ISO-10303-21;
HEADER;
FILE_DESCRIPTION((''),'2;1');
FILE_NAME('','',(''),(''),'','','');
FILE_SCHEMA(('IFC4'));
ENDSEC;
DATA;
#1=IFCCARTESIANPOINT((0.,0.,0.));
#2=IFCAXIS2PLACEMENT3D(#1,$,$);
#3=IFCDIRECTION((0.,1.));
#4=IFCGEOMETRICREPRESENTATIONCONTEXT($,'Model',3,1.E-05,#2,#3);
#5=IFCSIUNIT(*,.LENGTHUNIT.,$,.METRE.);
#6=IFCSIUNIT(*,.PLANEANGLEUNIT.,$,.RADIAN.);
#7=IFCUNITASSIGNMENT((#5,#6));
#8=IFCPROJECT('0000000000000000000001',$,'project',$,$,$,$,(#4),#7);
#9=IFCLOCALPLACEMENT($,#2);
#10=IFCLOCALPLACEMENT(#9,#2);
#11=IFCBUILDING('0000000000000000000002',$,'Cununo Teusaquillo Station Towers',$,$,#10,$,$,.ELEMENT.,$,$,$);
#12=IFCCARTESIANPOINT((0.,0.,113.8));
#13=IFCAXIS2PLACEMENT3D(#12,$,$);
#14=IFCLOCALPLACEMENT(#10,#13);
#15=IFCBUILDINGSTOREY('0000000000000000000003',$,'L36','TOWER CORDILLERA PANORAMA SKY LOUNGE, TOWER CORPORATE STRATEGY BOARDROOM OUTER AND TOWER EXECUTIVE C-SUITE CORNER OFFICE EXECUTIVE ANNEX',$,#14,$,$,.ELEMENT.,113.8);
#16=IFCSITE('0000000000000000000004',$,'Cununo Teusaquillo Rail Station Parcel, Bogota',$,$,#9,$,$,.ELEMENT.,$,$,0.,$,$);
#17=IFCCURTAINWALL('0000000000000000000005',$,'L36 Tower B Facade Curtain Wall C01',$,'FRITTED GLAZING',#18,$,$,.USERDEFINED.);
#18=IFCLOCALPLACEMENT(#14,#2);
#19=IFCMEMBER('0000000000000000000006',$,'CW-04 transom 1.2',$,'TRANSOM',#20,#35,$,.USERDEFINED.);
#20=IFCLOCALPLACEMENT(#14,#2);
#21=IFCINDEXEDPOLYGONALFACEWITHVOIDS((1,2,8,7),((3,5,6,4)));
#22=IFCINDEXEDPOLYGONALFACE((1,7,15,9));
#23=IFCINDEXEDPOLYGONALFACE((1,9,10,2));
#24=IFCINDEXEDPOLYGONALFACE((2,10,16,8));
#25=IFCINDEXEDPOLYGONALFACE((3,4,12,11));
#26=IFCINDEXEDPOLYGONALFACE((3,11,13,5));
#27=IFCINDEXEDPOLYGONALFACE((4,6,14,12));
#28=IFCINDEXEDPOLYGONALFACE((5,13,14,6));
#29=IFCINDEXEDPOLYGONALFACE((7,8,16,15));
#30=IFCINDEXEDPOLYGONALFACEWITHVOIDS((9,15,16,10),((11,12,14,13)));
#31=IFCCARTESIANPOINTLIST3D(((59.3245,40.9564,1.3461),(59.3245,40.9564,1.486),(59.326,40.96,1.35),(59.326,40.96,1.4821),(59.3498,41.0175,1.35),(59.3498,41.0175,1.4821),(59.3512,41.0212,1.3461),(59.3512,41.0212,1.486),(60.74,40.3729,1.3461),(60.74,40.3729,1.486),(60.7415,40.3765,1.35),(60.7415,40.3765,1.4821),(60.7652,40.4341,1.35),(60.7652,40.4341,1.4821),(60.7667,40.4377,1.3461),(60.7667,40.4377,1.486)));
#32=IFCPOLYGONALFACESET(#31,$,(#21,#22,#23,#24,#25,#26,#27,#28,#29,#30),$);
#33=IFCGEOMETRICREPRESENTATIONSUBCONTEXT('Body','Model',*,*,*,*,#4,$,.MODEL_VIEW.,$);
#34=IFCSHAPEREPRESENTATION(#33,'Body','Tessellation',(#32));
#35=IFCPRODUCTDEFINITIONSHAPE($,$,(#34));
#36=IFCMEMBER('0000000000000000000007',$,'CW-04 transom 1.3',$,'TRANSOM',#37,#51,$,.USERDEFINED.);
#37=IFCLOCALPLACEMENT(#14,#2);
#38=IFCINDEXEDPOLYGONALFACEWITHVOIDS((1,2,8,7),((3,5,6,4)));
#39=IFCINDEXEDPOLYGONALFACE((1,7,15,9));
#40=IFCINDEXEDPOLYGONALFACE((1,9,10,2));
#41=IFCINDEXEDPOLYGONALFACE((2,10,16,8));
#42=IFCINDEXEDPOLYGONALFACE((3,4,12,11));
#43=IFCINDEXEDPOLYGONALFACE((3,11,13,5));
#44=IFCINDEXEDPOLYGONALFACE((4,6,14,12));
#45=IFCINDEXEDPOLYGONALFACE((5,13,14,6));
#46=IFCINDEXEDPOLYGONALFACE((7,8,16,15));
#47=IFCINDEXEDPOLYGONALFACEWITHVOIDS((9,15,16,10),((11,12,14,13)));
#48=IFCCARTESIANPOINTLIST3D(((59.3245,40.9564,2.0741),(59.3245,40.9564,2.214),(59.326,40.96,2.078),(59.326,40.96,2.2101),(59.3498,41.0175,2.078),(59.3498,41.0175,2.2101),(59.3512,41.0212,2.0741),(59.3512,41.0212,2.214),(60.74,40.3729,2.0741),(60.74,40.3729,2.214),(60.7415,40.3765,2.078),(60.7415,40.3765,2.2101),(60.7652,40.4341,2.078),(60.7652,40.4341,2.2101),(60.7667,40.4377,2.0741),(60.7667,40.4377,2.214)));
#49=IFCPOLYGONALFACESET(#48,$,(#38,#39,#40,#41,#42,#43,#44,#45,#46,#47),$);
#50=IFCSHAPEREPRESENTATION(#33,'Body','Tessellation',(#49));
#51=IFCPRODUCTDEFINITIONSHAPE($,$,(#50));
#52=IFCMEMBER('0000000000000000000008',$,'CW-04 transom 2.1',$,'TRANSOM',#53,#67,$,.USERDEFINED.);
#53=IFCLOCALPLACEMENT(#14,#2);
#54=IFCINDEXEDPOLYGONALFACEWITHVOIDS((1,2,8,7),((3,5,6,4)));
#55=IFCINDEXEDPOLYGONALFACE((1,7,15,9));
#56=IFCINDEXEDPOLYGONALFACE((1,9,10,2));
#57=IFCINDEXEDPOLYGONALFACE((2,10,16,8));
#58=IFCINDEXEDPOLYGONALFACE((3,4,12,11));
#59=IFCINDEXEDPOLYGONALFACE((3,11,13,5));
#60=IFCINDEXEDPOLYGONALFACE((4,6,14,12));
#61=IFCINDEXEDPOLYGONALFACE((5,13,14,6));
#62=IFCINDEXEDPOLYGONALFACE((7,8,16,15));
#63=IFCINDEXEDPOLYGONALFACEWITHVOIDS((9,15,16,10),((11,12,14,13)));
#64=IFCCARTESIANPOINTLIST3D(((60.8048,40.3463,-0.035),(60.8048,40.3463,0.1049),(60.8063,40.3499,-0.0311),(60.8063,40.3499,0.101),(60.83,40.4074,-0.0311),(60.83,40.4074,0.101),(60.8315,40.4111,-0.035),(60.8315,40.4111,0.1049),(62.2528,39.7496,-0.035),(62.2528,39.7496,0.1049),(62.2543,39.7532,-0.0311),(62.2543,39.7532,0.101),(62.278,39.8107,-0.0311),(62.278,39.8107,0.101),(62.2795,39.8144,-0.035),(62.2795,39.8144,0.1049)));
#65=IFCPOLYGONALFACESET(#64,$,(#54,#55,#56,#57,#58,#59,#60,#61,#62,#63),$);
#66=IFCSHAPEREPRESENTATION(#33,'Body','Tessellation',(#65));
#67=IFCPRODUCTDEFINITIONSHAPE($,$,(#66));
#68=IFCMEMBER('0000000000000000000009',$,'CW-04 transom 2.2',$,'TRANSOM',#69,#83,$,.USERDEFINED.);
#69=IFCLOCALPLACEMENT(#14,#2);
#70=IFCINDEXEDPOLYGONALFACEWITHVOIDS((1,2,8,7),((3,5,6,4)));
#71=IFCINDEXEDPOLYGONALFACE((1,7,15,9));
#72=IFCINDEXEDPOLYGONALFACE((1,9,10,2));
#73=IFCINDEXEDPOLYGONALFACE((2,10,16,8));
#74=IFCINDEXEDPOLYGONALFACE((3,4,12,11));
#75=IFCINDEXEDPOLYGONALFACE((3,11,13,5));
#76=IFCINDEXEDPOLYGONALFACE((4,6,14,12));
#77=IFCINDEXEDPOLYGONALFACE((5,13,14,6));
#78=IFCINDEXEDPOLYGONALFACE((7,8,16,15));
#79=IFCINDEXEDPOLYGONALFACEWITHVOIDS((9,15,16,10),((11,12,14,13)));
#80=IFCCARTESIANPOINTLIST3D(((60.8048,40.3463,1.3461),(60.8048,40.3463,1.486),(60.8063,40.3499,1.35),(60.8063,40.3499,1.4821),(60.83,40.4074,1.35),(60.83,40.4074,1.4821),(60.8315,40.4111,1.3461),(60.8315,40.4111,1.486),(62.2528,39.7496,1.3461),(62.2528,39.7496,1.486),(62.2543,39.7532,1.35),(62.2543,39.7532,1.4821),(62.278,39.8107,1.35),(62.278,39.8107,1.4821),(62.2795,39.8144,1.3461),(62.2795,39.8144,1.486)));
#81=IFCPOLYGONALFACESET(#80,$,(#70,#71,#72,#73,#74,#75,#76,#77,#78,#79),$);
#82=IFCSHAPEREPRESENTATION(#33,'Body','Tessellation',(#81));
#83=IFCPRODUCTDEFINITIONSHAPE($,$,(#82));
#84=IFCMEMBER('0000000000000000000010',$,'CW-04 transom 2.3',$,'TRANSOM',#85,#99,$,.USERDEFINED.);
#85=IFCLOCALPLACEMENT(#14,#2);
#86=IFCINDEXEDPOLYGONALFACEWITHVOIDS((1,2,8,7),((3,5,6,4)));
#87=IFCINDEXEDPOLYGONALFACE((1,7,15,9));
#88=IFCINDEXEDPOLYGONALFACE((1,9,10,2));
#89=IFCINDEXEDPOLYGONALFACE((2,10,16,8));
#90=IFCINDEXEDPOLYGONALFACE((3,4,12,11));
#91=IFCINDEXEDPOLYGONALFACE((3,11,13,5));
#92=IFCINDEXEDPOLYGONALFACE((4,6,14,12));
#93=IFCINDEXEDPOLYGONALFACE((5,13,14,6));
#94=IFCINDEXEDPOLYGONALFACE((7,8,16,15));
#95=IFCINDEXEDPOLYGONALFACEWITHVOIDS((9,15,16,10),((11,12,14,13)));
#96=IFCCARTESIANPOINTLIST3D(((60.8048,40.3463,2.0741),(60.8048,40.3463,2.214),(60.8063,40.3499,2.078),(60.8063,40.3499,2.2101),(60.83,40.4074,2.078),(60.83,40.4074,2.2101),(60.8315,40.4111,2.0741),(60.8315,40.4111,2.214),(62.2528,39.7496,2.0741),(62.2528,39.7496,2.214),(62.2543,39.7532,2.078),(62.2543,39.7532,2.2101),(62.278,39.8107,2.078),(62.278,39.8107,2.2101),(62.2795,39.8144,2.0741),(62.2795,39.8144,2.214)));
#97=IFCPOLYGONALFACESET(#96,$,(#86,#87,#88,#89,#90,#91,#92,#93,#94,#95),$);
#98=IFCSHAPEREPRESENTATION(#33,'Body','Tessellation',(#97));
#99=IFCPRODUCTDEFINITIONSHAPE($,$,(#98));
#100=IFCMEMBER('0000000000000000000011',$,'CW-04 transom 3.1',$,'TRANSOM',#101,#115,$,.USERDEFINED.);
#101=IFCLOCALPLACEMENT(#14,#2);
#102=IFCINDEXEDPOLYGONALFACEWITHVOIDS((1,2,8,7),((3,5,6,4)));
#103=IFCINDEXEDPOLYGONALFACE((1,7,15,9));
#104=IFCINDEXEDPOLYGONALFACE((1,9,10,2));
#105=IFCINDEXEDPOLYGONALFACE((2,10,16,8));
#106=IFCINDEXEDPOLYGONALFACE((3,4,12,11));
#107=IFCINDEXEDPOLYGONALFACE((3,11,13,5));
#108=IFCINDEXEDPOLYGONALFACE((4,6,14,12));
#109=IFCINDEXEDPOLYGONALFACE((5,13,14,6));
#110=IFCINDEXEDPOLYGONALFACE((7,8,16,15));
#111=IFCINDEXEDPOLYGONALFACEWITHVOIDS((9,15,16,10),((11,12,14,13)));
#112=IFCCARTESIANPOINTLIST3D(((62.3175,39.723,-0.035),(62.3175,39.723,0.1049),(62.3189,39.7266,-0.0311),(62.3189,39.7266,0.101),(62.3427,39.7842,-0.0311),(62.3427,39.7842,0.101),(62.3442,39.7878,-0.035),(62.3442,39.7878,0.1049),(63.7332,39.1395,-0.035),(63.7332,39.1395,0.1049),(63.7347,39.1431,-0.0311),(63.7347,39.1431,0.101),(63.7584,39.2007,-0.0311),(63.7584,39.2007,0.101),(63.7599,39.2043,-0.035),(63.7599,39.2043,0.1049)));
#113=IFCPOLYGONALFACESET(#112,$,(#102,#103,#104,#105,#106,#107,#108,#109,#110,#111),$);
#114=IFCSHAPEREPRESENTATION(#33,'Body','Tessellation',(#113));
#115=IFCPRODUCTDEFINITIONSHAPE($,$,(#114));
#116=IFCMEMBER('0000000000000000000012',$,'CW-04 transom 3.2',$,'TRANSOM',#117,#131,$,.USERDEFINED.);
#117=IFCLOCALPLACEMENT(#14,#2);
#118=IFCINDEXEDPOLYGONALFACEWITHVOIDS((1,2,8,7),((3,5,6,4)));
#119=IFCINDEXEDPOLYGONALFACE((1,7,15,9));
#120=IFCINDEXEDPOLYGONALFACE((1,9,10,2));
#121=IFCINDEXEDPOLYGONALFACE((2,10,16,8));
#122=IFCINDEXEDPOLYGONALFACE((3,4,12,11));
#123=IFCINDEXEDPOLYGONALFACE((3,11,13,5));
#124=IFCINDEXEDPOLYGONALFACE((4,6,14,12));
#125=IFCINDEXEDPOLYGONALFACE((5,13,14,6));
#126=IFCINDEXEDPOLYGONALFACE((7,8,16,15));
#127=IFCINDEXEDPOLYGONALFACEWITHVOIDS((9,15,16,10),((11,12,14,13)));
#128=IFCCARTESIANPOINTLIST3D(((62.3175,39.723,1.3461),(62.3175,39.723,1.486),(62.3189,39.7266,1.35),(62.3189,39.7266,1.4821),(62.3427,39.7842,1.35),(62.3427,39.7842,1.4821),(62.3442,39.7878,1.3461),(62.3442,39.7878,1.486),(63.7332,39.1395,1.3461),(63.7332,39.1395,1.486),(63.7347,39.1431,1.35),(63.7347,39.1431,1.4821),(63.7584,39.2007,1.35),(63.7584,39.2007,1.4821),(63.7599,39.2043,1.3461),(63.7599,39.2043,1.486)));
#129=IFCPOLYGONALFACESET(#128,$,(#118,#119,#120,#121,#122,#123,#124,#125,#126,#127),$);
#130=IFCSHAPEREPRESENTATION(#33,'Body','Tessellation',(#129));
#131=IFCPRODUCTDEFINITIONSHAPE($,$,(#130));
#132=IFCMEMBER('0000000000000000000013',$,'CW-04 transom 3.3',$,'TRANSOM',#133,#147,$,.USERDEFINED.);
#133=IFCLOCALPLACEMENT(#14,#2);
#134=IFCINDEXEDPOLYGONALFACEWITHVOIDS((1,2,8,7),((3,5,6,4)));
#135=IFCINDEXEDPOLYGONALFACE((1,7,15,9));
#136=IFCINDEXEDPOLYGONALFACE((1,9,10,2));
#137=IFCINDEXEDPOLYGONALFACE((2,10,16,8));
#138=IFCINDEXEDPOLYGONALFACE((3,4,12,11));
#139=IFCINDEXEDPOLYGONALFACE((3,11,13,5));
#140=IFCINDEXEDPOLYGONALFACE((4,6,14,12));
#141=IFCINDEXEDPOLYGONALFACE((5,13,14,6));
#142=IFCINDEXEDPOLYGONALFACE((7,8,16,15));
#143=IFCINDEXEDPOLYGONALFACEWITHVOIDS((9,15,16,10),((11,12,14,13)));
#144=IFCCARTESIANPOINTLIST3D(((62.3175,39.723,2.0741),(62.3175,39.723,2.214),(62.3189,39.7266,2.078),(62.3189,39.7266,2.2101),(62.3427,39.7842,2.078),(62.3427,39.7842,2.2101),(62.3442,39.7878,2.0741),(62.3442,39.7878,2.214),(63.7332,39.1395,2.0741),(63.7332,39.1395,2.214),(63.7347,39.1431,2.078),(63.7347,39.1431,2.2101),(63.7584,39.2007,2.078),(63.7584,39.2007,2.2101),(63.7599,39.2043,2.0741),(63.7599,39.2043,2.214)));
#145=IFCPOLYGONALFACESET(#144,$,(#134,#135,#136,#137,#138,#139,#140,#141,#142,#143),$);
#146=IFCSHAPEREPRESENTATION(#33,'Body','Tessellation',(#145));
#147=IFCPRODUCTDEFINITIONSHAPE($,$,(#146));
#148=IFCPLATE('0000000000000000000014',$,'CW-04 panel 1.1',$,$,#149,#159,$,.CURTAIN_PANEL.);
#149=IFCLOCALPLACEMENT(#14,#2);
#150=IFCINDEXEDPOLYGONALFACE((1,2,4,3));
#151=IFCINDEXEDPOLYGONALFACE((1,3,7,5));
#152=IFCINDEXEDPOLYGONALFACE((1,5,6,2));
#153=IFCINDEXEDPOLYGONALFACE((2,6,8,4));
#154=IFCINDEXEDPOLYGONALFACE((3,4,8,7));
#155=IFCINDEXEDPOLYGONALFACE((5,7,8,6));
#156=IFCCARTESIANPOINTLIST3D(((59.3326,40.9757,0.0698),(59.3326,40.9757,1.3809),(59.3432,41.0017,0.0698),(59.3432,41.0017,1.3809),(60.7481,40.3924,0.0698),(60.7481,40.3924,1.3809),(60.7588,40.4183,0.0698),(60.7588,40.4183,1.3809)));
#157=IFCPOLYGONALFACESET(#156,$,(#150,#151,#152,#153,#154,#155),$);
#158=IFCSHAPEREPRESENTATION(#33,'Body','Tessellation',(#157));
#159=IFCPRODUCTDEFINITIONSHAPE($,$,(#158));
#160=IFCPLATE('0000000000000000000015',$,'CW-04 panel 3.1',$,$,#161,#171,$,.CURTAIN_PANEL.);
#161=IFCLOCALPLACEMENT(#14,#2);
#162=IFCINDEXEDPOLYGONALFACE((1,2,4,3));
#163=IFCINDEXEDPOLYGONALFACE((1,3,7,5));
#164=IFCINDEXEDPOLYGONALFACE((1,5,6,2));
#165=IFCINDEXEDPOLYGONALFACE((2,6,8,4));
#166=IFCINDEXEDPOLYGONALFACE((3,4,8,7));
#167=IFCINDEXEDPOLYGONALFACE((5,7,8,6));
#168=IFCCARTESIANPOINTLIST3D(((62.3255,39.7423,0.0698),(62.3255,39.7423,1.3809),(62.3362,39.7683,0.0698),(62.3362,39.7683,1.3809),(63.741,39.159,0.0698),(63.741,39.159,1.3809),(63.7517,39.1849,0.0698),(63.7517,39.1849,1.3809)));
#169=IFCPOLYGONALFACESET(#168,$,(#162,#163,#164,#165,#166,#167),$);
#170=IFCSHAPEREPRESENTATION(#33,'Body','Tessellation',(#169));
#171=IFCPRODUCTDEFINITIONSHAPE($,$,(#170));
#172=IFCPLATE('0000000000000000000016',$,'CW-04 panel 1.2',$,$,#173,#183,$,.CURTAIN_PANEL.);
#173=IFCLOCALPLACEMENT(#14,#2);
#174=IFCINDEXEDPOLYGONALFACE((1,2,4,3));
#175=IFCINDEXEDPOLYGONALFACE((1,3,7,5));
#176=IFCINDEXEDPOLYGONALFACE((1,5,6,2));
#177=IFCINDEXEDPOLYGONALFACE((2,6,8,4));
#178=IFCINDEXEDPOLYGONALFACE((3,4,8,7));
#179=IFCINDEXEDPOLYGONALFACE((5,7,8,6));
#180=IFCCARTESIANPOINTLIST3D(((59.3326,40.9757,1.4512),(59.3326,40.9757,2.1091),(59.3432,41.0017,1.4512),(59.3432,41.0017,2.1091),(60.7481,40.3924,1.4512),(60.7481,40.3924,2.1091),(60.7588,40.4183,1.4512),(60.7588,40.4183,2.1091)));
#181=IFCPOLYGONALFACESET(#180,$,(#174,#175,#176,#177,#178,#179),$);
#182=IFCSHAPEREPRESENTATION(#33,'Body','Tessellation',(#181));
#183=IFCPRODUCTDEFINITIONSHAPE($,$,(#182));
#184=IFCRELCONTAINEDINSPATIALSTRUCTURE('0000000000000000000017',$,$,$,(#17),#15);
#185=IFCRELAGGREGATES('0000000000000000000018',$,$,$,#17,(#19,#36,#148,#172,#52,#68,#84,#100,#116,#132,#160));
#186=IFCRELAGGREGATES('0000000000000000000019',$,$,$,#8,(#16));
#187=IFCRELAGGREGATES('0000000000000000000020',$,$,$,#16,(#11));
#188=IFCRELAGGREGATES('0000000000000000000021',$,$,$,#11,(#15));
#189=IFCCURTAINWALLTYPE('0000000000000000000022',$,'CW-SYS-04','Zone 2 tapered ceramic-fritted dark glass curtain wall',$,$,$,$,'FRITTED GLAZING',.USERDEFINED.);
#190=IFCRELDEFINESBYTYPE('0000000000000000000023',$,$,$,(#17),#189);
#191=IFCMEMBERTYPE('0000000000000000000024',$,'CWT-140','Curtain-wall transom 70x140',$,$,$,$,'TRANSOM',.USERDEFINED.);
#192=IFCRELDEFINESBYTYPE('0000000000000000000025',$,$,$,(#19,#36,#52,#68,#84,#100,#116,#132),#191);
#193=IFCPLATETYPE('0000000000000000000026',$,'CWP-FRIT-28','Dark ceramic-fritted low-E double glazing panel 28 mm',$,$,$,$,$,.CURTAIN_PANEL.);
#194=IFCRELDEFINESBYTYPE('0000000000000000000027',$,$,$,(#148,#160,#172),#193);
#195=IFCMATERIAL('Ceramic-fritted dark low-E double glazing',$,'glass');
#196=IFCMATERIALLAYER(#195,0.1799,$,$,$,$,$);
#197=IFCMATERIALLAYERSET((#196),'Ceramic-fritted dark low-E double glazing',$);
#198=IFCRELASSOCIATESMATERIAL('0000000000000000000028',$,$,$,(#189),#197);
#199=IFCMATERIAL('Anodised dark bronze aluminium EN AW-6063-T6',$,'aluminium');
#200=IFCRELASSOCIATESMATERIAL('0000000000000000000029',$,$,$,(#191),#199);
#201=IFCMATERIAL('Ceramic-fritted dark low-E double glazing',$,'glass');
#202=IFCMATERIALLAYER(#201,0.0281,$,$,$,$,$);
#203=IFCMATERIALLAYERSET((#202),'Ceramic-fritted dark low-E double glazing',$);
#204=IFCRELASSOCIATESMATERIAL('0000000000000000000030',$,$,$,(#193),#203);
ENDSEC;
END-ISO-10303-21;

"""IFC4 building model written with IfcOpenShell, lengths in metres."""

from ifc_helpers import new_model, si_unit, direction, frame, origin, origin_2d, place, context, subcontext, project, spatial, rectangle, hollow_rectangle, extrude, source, transform, mapped, material, layer, layer_set, material_profile, profile_set, type_object, element, aggregate, save


model = new_model("IFC4")

# Units and contexts
model_context = context("Model", 3, precision=1e-05, world=origin(), true_north=direction((0.0, 1.0)))
body_context = subcontext(model_context, "Body", "Model", "MODEL_VIEW")
ifc_project = project(units=[si_unit("LENGTHUNIT", "METRE"), si_unit("PLANEANGLEUNIT", "RADIAN")], contexts=[model_context])

# Site, building, storey
site_placement = place(None, origin())
site = spatial("IfcSite", under=ifc_project, at=site_placement, Name="Cununo Teusaquillo Rail Station Parcel, Bogota", CompositionType="ELEMENT", RefElevation=0.0)
building_placement = place(site_placement, origin())
building = spatial("IfcBuilding", under=site, at=building_placement, Name="Cununo Teusaquillo Station Towers", CompositionType="ELEMENT")
storey_placement = place(building_placement, frame((0.0, 0.0, 113.8)))
storey = spatial("IfcBuildingStorey", under=building, at=storey_placement, Name="L36", Description="TOWER CORDILLERA PANORAMA SKY LOUNGE, TOWER CORPORATE STRATEGY BOARDROOM OUTER AND TOWER EXECUTIVE C-SUITE CORNER OFFICE EXECUTIVE ANNEX", CompositionType="ELEMENT", Elevation=113.8)

# Curtain wall, members, plates
ifc_material_1 = material(Name="Ceramic-fritted dark low-E double glazing", Category="glass")
ifc_layer_1 = layer(ifc_material_1, 0.1799)
ifc_layer_set_1 = layer_set([ifc_layer_1], Name="Ceramic-fritted dark low-E double glazing")
curtain_wall_type = type_object("IfcCurtainWallType", Name="CW-SYS-04", Description="Zone 2 tapered ceramic-fritted dark glass curtain wall", ElementType="FRITTED GLAZING", PredefinedType="USERDEFINED", material=ifc_layer_set_1)
curtain_wall_placement = place(storey_placement, origin())
curtain_wall = element("IfcCurtainWall", 1, at=curtain_wall_placement, inside=storey, type_object=curtain_wall_type, Name="L36 Tower B Facade Curtain Wall C01", ObjectType="FRITTED GLAZING", PredefinedType="USERDEFINED")
ifc_material_2 = material(Name="Anodised dark bronze aluminium EN AW-6063-T6", Category="aluminium")
ifc_material_profile_1 = material_profile(ifc_material_2, hollow_rectangle(XDim=0.0701, YDim=0.1399, WallThickness=0.0039, at=origin_2d()), Name="CW-TRAN-70x140")
ifc_profile_set_1 = profile_set([ifc_material_profile_1], Name="Anodised dark bronze aluminium EN AW-6063-T6")
member_type_1 = type_object("IfcMemberType", Name="CWT-140", Description="Curtain-wall transom 70x140", ElementType="TRANSOM", PredefinedType="USERDEFINED", material=ifc_profile_set_1)
member_1_placement = place(storey_placement, frame((59.3379, 40.9888, 1.416), z_axis=(0.924533, -0.381103, 0.0), x_axis=(0.381103, 0.924533, 0.0)))
member_1 = element("IfcMember", 2, at=member_1_placement, type_object=member_type_1, Name="CW-04 transom 1.2", ObjectType="TRANSOM", PredefinedType="USERDEFINED", context=body_context, shape_type="SweptSolid", body=[
    extrude(hollow_rectangle(XDim=0.0701, YDim=0.1399, WallThickness=0.0039, at=origin_2d()), origin(), (0.0, 0.0, 1.0), 1.531),
])
member_2_placement = place(storey_placement, frame((59.3379, 40.9888, 2.144), z_axis=(0.924533, -0.381103, 0.0), x_axis=(0.381103, 0.924533, 0.0)))
member_2 = element("IfcMember", 3, at=member_2_placement, type_object=member_type_1, Name="CW-04 transom 1.3", ObjectType="TRANSOM", PredefinedType="USERDEFINED", context=body_context, shape_type="SweptSolid", body=[
    extrude(hollow_rectangle(XDim=0.0701, YDim=0.1399, WallThickness=0.0039, at=origin_2d()), origin(), (0.0, 0.0, 1.0), 1.531),
])
member_3_placement = place(storey_placement, frame((60.8181, 40.3787, 0.0349), z_axis=(0.924578, -0.380993, 0.0), x_axis=(0.380993, 0.924578, 0.0)))
member_3 = element("IfcMember", 4, at=member_3_placement, type_object=member_type_1, Name="CW-04 transom 2.1", ObjectType="TRANSOM", PredefinedType="USERDEFINED", context=body_context, shape_type="SweptSolid", body=[
    extrude(hollow_rectangle(XDim=0.0701, YDim=0.1399, WallThickness=0.0039, at=origin_2d()), origin(), (0.0, 0.0, 1.0), 1.5662),
])
member_4_placement = place(storey_placement, frame((60.8181, 40.3787, 1.416), z_axis=(0.924578, -0.380993, 0.0), x_axis=(0.380993, 0.924578, 0.0)))
member_4 = element("IfcMember", 5, at=member_4_placement, type_object=member_type_1, Name="CW-04 transom 2.2", ObjectType="TRANSOM", PredefinedType="USERDEFINED", context=body_context, shape_type="SweptSolid", body=[
    extrude(hollow_rectangle(XDim=0.0701, YDim=0.1399, WallThickness=0.0039, at=origin_2d()), origin(), (0.0, 0.0, 1.0), 1.5662),
])
member_5_placement = place(storey_placement, frame((60.8181, 40.3787, 2.144), z_axis=(0.924578, -0.380993, 0.0), x_axis=(0.380993, 0.924578, 0.0)))
member_5 = element("IfcMember", 6, at=member_5_placement, type_object=member_type_1, Name="CW-04 transom 2.3", ObjectType="TRANSOM", PredefinedType="USERDEFINED", context=body_context, shape_type="SweptSolid", body=[
    extrude(hollow_rectangle(XDim=0.0701, YDim=0.1399, WallThickness=0.0039, at=origin_2d()), origin(), (0.0, 0.0, 1.0), 1.5662),
])
member_6_placement = place(storey_placement, frame((62.3308, 39.7554, 0.0349), z_axis=(0.924556, -0.381046, 0.0), x_axis=(0.381046, 0.924556, 0.0)))
member_6 = element("IfcMember", 7, at=member_6_placement, type_object=member_type_1, Name="CW-04 transom 3.1", ObjectType="TRANSOM", PredefinedType="USERDEFINED", context=body_context, shape_type="SweptSolid", body=[
    extrude(hollow_rectangle(XDim=0.0701, YDim=0.1399, WallThickness=0.0039, at=origin_2d()), origin(), (0.0, 0.0, 1.0), 1.5312),
])
member_7_placement = place(storey_placement, frame((62.3308, 39.7554, 1.416), z_axis=(0.924556, -0.381046, 0.0), x_axis=(0.381046, 0.924556, 0.0)))
member_7 = element("IfcMember", 8, at=member_7_placement, type_object=member_type_1, Name="CW-04 transom 3.2", ObjectType="TRANSOM", PredefinedType="USERDEFINED", context=body_context, shape_type="SweptSolid", body=[
    extrude(hollow_rectangle(XDim=0.0701, YDim=0.1399, WallThickness=0.0039, at=origin_2d()), origin(), (0.0, 0.0, 1.0), 1.5312),
])
member_8_placement = place(storey_placement, frame((62.3308, 39.7554, 2.144), z_axis=(0.924556, -0.381046, 0.0), x_axis=(0.381046, 0.924556, 0.0)))
member_8 = element("IfcMember", 9, at=member_8_placement, type_object=member_type_1, Name="CW-04 transom 3.3", ObjectType="TRANSOM", PredefinedType="USERDEFINED", context=body_context, shape_type="SweptSolid", body=[
    extrude(hollow_rectangle(XDim=0.0701, YDim=0.1399, WallThickness=0.0039, at=origin_2d()), origin(), (0.0, 0.0, 1.0), 1.5312),
])
ifc_material_3 = material(Name="Ceramic-fritted dark low-E double glazing", Category="glass")
ifc_layer_2 = layer(ifc_material_3, 0.0281)
ifc_layer_set_2 = layer_set([ifc_layer_2], Name="Ceramic-fritted dark low-E double glazing")
plate_type = type_object("IfcPlateType", Name="CWP-FRIT-28", Description="Dark ceramic-fritted low-E double glazing panel 28 mm", PredefinedType="CURTAIN_PANEL", material=ifc_layer_set_2)
shared_shape_1 = source(origin(), body_context, "Body", "SweptSolid", [
    extrude(rectangle(XDim=1.531, YDim=0.0281, at=origin_2d()), origin(), (0.0, 0.0, 1.0), 1.311),
])
plate_1_placement = place(storey_placement, frame((60.0457, 40.697, 0.0698), z_axis=(0.0, 0.0, 1.0), x_axis=(0.924562, -0.381031, 0.0)))
plate_1 = element("IfcPlate", 10, at=plate_1_placement, type_object=plate_type, Name="CW-04 panel 1.1", PredefinedType="CURTAIN_PANEL", context=body_context, shape_type="MappedRepresentation", body=[
    mapped(shared_shape_1, transform((0.0, 0.0, 0.0), x_axis=(1.0, 0.0, 0.0), y_axis=(0.0, 1.0, 0.0), z_axis=(0.0, 0.0, 1.0), scale=1.0)),
])
plate_2_placement = place(storey_placement, frame((63.0386, 39.4636, 0.0698), z_axis=(0.0, 0.0, 1.0), x_axis=(0.924562, -0.381031, 0.0)))
plate_2 = element("IfcPlate", 11, at=plate_2_placement, type_object=plate_type, Name="CW-04 panel 3.1", PredefinedType="CURTAIN_PANEL", context=body_context, shape_type="MappedRepresentation", body=[
    mapped(shared_shape_1, transform((0.0, 0.0, 0.0), x_axis=(1.0, 0.0, 0.0), y_axis=(0.0, 1.0, 0.0), z_axis=(0.0, 0.0, 1.0), scale=1.0)),
])
shared_shape_2 = source(origin(), body_context, "Body", "SweptSolid", [
    extrude(rectangle(XDim=1.531, YDim=0.0281, at=origin_2d()), origin(), (0.0, 0.0, 1.0), 0.658),
])
plate_3_placement = place(storey_placement, frame((60.0457, 40.697, 1.4512), z_axis=(0.0, 0.0, 1.0), x_axis=(0.924562, -0.381031, 0.0)))
plate_3 = element("IfcPlate", 12, at=plate_3_placement, type_object=plate_type, Name="CW-04 panel 1.2", PredefinedType="CURTAIN_PANEL", context=body_context, shape_type="MappedRepresentation", body=[
    mapped(shared_shape_2, transform((0.0, 0.0, 0.0), x_axis=(1.0, 0.0, 0.0), y_axis=(0.0, 1.0, 0.0), z_axis=(0.0, 0.0, 1.0), scale=1.0)),
])
aggregate(curtain_wall, [member_1, member_2, plate_1, plate_3, member_3, member_4, member_5, member_6, member_7, member_8, plate_2])

save(model, "model.ifc")
